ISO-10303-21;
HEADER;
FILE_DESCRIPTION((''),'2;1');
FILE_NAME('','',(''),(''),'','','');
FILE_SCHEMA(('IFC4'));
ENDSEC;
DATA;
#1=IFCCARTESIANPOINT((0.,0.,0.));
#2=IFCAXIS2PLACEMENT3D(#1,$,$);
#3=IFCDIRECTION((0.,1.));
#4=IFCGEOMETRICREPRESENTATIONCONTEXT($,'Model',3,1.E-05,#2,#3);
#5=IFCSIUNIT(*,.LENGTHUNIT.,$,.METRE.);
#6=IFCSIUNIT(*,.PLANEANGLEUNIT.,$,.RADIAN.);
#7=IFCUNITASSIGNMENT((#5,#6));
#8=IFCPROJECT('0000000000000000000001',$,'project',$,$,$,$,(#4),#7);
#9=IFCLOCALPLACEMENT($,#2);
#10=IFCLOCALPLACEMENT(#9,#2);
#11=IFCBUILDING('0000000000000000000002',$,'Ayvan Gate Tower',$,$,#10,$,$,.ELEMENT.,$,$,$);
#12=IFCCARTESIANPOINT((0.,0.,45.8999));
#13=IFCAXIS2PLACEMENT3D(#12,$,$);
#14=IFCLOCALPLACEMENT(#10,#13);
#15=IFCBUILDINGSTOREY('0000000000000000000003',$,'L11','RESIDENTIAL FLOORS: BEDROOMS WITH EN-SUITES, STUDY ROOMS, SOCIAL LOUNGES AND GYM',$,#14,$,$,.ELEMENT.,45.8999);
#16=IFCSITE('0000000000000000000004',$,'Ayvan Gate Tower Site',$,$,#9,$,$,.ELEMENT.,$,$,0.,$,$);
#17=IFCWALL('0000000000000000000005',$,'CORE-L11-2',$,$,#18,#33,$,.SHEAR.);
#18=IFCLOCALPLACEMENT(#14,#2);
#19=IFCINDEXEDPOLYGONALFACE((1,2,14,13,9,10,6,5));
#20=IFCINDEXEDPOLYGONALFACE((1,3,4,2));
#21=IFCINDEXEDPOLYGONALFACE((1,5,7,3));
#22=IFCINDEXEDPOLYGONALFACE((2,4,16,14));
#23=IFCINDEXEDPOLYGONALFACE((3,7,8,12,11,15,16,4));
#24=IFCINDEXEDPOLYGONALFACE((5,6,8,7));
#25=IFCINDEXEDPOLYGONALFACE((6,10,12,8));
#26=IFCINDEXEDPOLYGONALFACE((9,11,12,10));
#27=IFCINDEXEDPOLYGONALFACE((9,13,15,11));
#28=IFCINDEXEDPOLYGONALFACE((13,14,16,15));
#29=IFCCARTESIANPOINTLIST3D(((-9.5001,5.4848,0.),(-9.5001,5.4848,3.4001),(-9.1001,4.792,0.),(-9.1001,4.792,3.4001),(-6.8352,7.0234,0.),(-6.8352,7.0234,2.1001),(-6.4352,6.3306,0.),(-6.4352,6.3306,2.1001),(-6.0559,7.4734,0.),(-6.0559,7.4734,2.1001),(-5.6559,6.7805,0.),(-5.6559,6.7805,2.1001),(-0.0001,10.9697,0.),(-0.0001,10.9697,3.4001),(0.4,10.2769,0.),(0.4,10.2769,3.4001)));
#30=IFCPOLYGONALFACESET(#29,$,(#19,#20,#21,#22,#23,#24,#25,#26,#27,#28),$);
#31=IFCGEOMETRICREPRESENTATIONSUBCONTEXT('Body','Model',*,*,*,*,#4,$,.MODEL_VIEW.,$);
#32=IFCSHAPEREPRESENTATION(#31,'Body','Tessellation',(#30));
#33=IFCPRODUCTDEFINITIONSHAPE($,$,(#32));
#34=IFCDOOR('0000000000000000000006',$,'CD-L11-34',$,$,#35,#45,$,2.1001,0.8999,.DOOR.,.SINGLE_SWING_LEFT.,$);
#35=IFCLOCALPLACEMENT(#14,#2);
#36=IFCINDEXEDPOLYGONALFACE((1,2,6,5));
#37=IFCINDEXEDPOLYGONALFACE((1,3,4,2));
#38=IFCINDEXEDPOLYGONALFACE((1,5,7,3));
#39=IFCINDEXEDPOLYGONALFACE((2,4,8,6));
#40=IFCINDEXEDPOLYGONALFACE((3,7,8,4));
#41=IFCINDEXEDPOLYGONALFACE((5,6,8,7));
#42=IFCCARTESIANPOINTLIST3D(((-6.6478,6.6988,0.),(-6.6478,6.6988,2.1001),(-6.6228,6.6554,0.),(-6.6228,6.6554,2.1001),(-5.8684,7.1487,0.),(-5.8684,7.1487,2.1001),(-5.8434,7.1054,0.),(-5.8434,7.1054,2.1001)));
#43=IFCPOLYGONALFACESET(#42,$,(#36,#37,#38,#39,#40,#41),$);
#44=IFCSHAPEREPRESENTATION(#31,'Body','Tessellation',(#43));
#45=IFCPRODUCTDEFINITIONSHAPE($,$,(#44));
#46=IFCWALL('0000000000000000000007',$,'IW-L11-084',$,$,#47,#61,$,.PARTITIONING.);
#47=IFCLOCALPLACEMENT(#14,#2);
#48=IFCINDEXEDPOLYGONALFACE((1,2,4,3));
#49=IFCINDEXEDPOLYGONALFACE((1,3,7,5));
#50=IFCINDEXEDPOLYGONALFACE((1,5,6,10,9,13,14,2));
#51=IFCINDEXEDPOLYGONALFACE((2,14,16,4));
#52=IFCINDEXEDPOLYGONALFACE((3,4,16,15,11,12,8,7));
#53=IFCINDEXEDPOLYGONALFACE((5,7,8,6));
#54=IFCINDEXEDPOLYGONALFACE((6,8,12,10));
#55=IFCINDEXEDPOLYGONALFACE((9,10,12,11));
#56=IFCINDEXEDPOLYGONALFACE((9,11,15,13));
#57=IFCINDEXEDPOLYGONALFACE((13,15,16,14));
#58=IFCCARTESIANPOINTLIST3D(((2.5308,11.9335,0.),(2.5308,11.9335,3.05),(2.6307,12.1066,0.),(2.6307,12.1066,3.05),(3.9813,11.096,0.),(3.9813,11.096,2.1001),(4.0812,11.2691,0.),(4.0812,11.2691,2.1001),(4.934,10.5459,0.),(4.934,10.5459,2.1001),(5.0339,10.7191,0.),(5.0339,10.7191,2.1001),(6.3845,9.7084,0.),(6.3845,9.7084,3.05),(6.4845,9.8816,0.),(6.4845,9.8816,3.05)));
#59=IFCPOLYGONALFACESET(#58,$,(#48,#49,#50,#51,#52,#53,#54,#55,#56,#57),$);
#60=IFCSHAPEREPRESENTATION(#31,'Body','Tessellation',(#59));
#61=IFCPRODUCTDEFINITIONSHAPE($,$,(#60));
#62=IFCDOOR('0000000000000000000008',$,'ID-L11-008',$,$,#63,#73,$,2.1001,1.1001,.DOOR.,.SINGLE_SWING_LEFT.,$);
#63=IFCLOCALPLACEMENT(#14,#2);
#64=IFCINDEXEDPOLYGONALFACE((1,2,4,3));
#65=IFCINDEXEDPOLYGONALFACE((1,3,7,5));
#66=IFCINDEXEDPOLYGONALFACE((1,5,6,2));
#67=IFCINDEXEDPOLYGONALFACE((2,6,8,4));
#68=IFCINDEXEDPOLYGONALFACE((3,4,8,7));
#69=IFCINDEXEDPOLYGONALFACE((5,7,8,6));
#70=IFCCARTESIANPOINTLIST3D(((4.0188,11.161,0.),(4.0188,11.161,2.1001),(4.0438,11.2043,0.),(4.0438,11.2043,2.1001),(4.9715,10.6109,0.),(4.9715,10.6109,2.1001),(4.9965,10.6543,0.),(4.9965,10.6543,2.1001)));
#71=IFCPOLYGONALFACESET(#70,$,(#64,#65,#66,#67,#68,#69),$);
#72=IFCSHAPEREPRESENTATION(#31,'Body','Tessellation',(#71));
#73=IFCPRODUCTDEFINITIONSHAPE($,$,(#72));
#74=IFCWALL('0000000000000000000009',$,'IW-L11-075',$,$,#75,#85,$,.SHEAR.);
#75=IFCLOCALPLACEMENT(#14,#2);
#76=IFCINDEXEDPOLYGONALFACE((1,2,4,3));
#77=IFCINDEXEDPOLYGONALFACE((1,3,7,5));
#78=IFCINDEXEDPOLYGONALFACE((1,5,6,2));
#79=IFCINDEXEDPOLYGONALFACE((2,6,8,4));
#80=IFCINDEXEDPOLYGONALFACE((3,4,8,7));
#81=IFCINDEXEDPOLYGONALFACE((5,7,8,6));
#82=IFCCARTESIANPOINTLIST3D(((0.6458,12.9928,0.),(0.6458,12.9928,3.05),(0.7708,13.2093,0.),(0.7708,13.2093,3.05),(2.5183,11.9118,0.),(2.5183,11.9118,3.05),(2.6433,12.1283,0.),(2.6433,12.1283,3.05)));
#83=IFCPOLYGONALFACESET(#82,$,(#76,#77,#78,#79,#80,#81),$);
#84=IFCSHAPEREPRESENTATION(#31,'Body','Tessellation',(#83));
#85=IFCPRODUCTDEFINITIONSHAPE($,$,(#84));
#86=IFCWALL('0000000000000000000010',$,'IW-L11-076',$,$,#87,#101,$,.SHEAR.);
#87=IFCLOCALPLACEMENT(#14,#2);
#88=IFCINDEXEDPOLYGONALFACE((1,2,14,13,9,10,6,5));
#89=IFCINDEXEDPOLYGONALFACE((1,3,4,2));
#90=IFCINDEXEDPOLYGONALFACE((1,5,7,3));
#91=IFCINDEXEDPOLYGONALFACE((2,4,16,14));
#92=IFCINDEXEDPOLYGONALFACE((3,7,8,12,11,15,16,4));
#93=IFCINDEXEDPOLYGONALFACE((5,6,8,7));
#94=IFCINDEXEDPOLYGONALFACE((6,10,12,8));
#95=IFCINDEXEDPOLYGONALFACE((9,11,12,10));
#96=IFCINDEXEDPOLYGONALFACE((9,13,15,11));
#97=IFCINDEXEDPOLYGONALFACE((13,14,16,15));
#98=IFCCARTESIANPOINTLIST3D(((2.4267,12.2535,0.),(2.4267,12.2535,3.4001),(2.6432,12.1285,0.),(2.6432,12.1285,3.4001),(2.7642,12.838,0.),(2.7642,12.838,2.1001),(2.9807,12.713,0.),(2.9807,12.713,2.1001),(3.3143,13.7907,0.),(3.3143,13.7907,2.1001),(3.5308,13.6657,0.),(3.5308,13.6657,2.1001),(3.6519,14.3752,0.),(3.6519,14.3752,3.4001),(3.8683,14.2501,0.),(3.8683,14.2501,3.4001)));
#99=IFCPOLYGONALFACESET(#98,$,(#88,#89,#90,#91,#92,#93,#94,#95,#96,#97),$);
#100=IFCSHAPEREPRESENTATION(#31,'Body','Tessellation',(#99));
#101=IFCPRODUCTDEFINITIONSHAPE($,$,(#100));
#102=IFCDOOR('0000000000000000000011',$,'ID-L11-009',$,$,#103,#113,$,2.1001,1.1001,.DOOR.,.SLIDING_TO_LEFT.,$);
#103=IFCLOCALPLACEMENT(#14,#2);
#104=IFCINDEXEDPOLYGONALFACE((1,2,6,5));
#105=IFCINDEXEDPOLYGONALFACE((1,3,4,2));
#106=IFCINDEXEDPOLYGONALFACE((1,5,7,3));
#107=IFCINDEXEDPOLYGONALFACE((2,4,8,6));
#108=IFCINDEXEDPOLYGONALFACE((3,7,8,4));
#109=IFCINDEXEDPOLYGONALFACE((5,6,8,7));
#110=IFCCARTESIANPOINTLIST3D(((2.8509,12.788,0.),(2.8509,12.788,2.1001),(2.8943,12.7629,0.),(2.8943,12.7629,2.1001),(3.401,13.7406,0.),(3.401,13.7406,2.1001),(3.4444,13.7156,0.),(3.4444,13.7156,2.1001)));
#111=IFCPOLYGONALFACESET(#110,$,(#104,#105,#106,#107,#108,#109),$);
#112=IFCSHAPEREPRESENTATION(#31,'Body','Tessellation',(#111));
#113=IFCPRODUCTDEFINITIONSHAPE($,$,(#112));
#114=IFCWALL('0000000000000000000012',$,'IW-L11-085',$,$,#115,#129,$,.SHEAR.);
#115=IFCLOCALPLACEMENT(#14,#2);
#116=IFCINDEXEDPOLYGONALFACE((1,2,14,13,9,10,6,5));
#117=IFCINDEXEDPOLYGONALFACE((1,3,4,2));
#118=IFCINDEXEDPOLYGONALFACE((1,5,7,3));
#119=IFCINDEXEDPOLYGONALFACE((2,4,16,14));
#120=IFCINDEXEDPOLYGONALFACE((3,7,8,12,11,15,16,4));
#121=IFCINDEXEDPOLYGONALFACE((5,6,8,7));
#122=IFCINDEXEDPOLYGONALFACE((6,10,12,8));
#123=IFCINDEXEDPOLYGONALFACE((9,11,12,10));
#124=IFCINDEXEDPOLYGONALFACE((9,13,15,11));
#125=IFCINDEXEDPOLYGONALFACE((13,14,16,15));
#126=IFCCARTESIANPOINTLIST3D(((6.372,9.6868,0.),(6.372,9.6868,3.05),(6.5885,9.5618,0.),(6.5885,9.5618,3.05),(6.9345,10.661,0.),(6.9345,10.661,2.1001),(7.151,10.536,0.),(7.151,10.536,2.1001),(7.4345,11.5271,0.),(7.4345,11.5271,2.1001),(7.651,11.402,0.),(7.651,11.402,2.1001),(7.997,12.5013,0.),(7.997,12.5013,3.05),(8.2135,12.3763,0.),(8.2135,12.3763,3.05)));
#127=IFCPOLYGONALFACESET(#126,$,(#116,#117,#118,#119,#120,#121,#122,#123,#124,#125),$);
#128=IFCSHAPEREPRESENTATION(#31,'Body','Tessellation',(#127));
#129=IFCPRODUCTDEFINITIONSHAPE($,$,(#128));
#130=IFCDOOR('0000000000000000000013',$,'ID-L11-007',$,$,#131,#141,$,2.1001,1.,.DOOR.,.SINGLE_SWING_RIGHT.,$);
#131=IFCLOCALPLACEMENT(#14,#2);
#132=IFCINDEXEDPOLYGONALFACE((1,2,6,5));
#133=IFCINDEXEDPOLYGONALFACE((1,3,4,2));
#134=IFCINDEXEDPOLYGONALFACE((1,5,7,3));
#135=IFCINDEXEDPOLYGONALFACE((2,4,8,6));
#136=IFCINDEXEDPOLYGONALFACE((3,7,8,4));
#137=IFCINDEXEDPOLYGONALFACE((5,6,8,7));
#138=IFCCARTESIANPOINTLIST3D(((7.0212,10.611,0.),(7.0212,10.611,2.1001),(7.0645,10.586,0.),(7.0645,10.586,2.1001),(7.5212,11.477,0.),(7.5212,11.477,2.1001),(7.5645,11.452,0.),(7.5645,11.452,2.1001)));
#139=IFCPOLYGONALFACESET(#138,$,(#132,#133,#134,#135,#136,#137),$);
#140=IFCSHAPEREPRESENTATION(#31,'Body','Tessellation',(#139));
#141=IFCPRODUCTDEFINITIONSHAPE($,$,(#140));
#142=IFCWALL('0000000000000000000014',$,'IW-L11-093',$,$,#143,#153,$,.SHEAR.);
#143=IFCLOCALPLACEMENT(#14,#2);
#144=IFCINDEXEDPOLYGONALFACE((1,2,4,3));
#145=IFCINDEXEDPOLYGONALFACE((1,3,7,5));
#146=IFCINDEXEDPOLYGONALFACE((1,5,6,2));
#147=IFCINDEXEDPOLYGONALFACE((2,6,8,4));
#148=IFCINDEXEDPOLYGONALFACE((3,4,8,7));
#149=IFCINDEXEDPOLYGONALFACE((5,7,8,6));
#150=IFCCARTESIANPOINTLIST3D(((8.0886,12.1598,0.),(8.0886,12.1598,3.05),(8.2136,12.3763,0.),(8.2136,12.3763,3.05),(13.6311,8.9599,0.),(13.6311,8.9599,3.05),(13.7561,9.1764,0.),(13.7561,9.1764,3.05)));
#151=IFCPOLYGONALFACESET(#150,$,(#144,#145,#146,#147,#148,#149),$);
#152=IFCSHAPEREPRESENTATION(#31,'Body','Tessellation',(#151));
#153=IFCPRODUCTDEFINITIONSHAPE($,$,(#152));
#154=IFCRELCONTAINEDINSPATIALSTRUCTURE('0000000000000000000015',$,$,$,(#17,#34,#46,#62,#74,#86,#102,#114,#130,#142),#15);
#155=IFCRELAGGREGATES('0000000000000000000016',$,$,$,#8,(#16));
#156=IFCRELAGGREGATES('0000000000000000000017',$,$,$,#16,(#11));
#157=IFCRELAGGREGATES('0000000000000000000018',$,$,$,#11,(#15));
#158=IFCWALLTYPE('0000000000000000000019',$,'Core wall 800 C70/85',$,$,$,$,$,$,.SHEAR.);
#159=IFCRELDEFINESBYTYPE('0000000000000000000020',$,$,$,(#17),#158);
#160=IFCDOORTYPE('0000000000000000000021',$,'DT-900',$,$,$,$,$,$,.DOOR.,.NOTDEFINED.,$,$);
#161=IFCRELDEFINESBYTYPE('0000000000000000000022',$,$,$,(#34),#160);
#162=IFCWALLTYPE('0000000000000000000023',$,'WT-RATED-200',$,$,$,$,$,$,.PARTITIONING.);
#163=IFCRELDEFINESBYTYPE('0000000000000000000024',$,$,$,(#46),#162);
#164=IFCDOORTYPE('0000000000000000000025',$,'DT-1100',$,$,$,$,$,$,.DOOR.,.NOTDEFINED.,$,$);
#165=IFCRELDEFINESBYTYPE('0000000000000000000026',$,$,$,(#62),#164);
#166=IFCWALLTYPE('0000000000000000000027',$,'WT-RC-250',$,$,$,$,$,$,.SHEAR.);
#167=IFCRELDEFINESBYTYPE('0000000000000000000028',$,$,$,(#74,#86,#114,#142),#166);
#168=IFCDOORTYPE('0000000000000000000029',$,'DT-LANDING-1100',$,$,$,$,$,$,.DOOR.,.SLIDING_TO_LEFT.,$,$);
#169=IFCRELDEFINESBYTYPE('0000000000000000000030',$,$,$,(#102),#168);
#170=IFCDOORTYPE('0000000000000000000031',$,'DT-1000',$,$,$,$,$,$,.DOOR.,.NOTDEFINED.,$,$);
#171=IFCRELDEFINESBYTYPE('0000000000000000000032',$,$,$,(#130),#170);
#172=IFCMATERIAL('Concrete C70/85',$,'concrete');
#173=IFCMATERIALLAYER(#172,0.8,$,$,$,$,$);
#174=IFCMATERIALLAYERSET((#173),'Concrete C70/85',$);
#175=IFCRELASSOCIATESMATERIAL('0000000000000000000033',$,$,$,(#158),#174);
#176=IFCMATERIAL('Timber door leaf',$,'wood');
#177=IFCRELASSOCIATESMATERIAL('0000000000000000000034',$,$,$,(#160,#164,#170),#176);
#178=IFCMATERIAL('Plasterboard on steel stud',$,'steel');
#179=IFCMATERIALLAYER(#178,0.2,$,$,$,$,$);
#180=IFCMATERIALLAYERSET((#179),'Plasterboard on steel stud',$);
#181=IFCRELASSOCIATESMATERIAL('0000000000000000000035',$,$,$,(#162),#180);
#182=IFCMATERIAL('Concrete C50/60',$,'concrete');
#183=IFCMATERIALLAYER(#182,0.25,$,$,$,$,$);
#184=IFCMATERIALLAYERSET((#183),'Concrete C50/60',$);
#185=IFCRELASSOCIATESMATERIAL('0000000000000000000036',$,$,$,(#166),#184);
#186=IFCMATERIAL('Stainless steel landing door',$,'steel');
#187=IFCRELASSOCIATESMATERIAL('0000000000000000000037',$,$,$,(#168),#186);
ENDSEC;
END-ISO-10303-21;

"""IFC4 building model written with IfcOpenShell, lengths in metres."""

from ifc_helpers import new_model, si_unit, direction, frame, frame_2d, origin, place, context, subcontext, project, spatial, rectangle, extrude, material, layer, layer_set, type_object, element, fill, save


model = new_model("IFC4")

# Units and contexts
model_context = context("Model", 3, precision=1e-05, world=origin(), true_north=direction((0.0, 1.0)))
body_context = subcontext(model_context, "Body", "Model", "MODEL_VIEW")
ifc_project = project(units=[si_unit("LENGTHUNIT", "METRE"), si_unit("PLANEANGLEUNIT", "RADIAN")], contexts=[model_context])

# Site, building, storey
site_placement = place(None, origin())
site = spatial("IfcSite", under=ifc_project, at=site_placement, Name="Ayvan Gate Tower Site", CompositionType="ELEMENT", RefElevation=0.0)
building_placement = place(site_placement, origin())
building = spatial("IfcBuilding", under=site, at=building_placement, Name="Ayvan Gate Tower", CompositionType="ELEMENT")
storey_placement = place(building_placement, frame((0.0, 0.0, 45.8999)))
storey = spatial("IfcBuildingStorey", under=building, at=storey_placement, Name="L11", Description="RESIDENTIAL FLOORS: BEDROOMS WITH EN-SUITES, STUDY ROOMS, SOCIAL LOUNGES AND GYM", CompositionType="ELEMENT", Elevation=45.8999)

# Walls, openings, doors
ifc_material_1 = material(Name="Concrete C70/85", Category="concrete")
ifc_layer_1 = layer(ifc_material_1, 0.8)
ifc_layer_set_1 = layer_set([ifc_layer_1], Name="Concrete C70/85")
wall_type_1 = type_object("IfcWallType", Name="Core wall 800 C70/85", PredefinedType="SHEAR", material=ifc_layer_set_1)
wall_1_placement = place(storey_placement, frame((0.2, 10.6233, 0.0), z_axis=(0.0, 0.0, 1.0), x_axis=(-0.866024, -0.500002, 0.0)))
wall_1 = element("IfcWall", 1, at=wall_1_placement, inside=storey, type_object=wall_type_1, Name="CORE-L11-2", PredefinedType="SHEAR", context=body_context, shape_type="SweptSolid", body=[
    extrude(rectangle(XDim=10.9697, YDim=0.8, at=frame_2d((5.4849, 0.0))), origin(), (0.0, 0.0, 1.0), 3.4001),
])
opening_1_placement = place(wall_1_placement, frame((6.9927, 0.0, 0.0)))
opening_1 = element("IfcOpeningElement", 2, at=opening_1_placement, cuts=wall_1, PredefinedType="OPENING", context=body_context, shape_type="SweptSolid", body=[
    extrude(rectangle(XDim=0.8999, YDim=2.1001, at=frame_2d((0.45, 1.05))), frame((0.0, 0.4099, 0.0), z_axis=(0.0, -1.0, 0.0), x_axis=(1.0, 0.0, 0.0)), (0.0, 0.0, 1.0), 0.8201),
])
ifc_material_2 = material(Name="Timber door leaf", Category="wood")
door_type_1 = type_object("IfcDoorType", Name="DT-900", OperationType="NOTDEFINED", PredefinedType="DOOR", material=ifc_material_2)
door_1_placement = place(opening_1_placement, origin())
door_1 = element("IfcDoor", 3, at=door_1_placement, inside=storey, type_object=door_type_1, Name="CD-L11-34", OperationType="SINGLE_SWING_LEFT", OverallHeight=2.1001, OverallWidth=0.8999, PredefinedType="DOOR", context=body_context, shape_type="SweptSolid", body=[
    extrude(rectangle(XDim=0.8999, YDim=2.1001, at=frame_2d((0.45, 1.05))), frame((0.0, 0.0249, 0.0), z_axis=(0.0, -1.0, 0.0), x_axis=(1.0, 0.0, 0.0)), (0.0, 0.0, 1.0), 0.05),
])
fill(opening_1, door_1)
ifc_material_3 = material(Name="Plasterboard on steel stud", Category="steel")
ifc_layer_2 = layer(ifc_material_3, 0.2)
ifc_layer_set_2 = layer_set([ifc_layer_2], Name="Plasterboard on steel stud")
wall_type_2 = type_object("IfcWallType", Name="WT-RATED-200", PredefinedType="PARTITIONING", material=ifc_layer_set_2)
wall_2_placement = place(storey_placement, frame((6.4346, 9.7949, 0.0), z_axis=(0.0, 0.0, 1.0), x_axis=(-0.866013, 0.500022, 0.0)))
wall_2 = element("IfcWall", 4, at=wall_2_placement, inside=storey, type_object=wall_type_2, Name="IW-L11-084", PredefinedType="PARTITIONING", context=body_context, shape_type="SweptSolid", body=[
    extrude(rectangle(XDim=4.45, YDim=0.2, at=frame_2d((2.2251, 0.0))), origin(), (0.0, 0.0, 1.0), 3.05),
])
opening_2_placement = place(wall_2_placement, frame((1.675, 0.0, 0.0)))
opening_2 = element("IfcOpeningElement", 5, at=opening_2_placement, cuts=wall_2, PredefinedType="OPENING", context=body_context, shape_type="SweptSolid", body=[
    extrude(rectangle(XDim=1.1001, YDim=2.1001, at=frame_2d((0.55, 1.05))), frame((0.0, 0.1099, 0.0), z_axis=(0.0, -1.0, 0.0), x_axis=(1.0, 0.0, 0.0)), (0.0, 0.0, 1.0), 0.22),
])
door_type_2 = type_object("IfcDoorType", Name="DT-1100", OperationType="NOTDEFINED", PredefinedType="DOOR", material=ifc_material_2)
door_2_placement = place(opening_2_placement, origin())
door_2 = element("IfcDoor", 6, at=door_2_placement, inside=storey, type_object=door_type_2, Name="ID-L11-008", OperationType="SINGLE_SWING_LEFT", OverallHeight=2.1001, OverallWidth=1.1001, PredefinedType="DOOR", context=body_context, shape_type="SweptSolid", body=[
    extrude(rectangle(XDim=1.1001, YDim=2.1001, at=frame_2d((0.55, 1.05))), frame((0.0, 0.0249, 0.0), z_axis=(0.0, -1.0, 0.0), x_axis=(1.0, 0.0, 0.0)), (0.0, 0.0, 1.0), 0.05),
])
fill(opening_2, door_2)

# Wall
ifc_material_4 = material(Name="Concrete C50/60", Category="concrete")
ifc_layer_3 = layer(ifc_material_4, 0.25)
ifc_layer_set_3 = layer_set([ifc_layer_3], Name="Concrete C50/60")
wall_type_3 = type_object("IfcWallType", Name="WT-RC-250", PredefinedType="SHEAR", material=ifc_layer_set_3)
wall_3_placement = place(storey_placement, frame((2.5808, 12.02, 0.0), z_axis=(0.0, 0.0, 1.0), x_axis=(-0.866039, 0.499977, 0.0)))
element("IfcWall", 7, at=wall_3_placement, inside=storey, type_object=wall_type_3, Name="IW-L11-075", PredefinedType="SHEAR", context=body_context, shape_type="SweptSolid", body=[
    extrude(rectangle(XDim=2.1621, YDim=0.25, at=frame_2d((1.0811, 0.0))), origin(), (0.0, 0.0, 1.0), 3.05),
])

# Walls, openings, doors
wall_4_placement = place(storey_placement, frame((2.5349, 12.1909, 0.0), z_axis=(0.0, 0.0, 1.0), x_axis=(0.500062, 0.86599, 0.0)))
wall_4 = element("IfcWall", 8, at=wall_4_placement, inside=storey, type_object=wall_type_3, Name="IW-L11-076", PredefinedType="SHEAR", context=body_context, shape_type="SweptSolid", body=[
    extrude(rectangle(XDim=2.45, YDim=0.25, at=frame_2d((1.2251, 0.0))), origin(), (0.0, 0.0, 1.0), 3.4001),
])
opening_3_placement = place(wall_4_placement, frame((0.675, 0.0, 0.0)))
opening_3 = element("IfcOpeningElement", 9, at=opening_3_placement, cuts=wall_4, PredefinedType="OPENING", context=body_context, shape_type="SweptSolid", body=[
    extrude(rectangle(XDim=1.1001, YDim=2.1001, at=frame_2d((0.55, 1.05))), frame((0.0, 0.135, 0.0), z_axis=(0.0, -1.0, 0.0), x_axis=(1.0, 0.0, 0.0)), (0.0, 0.0, 1.0), 0.27),
])
ifc_material_5 = material(Name="Stainless steel landing door", Category="steel")
door_type_3 = type_object("IfcDoorType", Name="DT-LANDING-1100", OperationType="SLIDING_TO_LEFT", PredefinedType="DOOR", material=ifc_material_5)
door_3_placement = place(opening_3_placement, origin())
door_3 = element("IfcDoor", 10, at=door_3_placement, inside=storey, type_object=door_type_3, Name="ID-L11-009", OperationType="SLIDING_TO_LEFT", OverallHeight=2.1001, OverallWidth=1.1001, PredefinedType="DOOR", context=body_context, shape_type="SweptSolid", body=[
    extrude(rectangle(XDim=1.1001, YDim=2.1001, at=frame_2d((0.55, 1.05))), frame((0.0, 0.0249, 0.0), z_axis=(0.0, -1.0, 0.0), x_axis=(1.0, 0.0, 0.0)), (0.0, 0.0, 1.0), 0.05),
])
fill(opening_3, door_3)
wall_5_placement = place(storey_placement, frame((6.4802, 9.6243, 0.0), z_axis=(0.0, 0.0, 1.0), x_axis=(0.500017, 0.866015, 0.0)))
wall_5 = element("IfcWall", 11, at=wall_5_placement, inside=storey, type_object=wall_type_3, Name="IW-L11-085", PredefinedType="SHEAR", context=body_context, shape_type="SweptSolid", body=[
    extrude(rectangle(XDim=3.25, YDim=0.25, at=frame_2d((1.625, 0.0))), origin(), (0.0, 0.0, 1.0), 3.05),
])
opening_4_placement = place(wall_5_placement, frame((1.125, 0.0, 0.0)))
opening_4 = element("IfcOpeningElement", 12, at=opening_4_placement, cuts=wall_5, PredefinedType="OPENING", context=body_context, shape_type="SweptSolid", body=[
    extrude(rectangle(XDim=1.0, YDim=2.1001, at=frame_2d((0.5, 1.05))), frame((0.0, 0.135, 0.0), z_axis=(0.0, -1.0, 0.0), x_axis=(1.0, 0.0, 0.0)), (0.0, 0.0, 1.0), 0.27),
])
door_type_4 = type_object("IfcDoorType", Name="DT-1000", OperationType="NOTDEFINED", PredefinedType="DOOR", material=ifc_material_2)
door_4_placement = place(opening_4_placement, origin())
door_4 = element("IfcDoor", 13, at=door_4_placement, inside=storey, type_object=door_type_4, Name="ID-L11-007", OperationType="SINGLE_SWING_RIGHT", OverallHeight=2.1001, OverallWidth=1.0, PredefinedType="DOOR", context=body_context, shape_type="SweptSolid", body=[
    extrude(rectangle(XDim=1.0, YDim=2.1001, at=frame_2d((0.5, 1.05))), frame((0.0, 0.0249, 0.0), z_axis=(0.0, -1.0, 0.0), x_axis=(1.0, 0.0, 0.0)), (0.0, 0.0, 1.0), 0.05),
])
fill(opening_4, door_4)

# Wall
wall_6_placement = place(storey_placement, frame((8.1511, 12.2681, 0.0), z_axis=(0.0, 0.0, 1.0), x_axis=(0.866025, -0.5, 0.0)))
element("IfcWall", 14, at=wall_6_placement, inside=storey, type_object=wall_type_3, Name="IW-L11-093", PredefinedType="SHEAR", context=body_context, shape_type="SweptSolid", body=[
    extrude(rectangle(XDim=6.3999, YDim=0.25, at=frame_2d((3.2, 0.0))), origin(), (0.0, 0.0, 1.0), 3.05),
])

save(model, "model.ifc")
